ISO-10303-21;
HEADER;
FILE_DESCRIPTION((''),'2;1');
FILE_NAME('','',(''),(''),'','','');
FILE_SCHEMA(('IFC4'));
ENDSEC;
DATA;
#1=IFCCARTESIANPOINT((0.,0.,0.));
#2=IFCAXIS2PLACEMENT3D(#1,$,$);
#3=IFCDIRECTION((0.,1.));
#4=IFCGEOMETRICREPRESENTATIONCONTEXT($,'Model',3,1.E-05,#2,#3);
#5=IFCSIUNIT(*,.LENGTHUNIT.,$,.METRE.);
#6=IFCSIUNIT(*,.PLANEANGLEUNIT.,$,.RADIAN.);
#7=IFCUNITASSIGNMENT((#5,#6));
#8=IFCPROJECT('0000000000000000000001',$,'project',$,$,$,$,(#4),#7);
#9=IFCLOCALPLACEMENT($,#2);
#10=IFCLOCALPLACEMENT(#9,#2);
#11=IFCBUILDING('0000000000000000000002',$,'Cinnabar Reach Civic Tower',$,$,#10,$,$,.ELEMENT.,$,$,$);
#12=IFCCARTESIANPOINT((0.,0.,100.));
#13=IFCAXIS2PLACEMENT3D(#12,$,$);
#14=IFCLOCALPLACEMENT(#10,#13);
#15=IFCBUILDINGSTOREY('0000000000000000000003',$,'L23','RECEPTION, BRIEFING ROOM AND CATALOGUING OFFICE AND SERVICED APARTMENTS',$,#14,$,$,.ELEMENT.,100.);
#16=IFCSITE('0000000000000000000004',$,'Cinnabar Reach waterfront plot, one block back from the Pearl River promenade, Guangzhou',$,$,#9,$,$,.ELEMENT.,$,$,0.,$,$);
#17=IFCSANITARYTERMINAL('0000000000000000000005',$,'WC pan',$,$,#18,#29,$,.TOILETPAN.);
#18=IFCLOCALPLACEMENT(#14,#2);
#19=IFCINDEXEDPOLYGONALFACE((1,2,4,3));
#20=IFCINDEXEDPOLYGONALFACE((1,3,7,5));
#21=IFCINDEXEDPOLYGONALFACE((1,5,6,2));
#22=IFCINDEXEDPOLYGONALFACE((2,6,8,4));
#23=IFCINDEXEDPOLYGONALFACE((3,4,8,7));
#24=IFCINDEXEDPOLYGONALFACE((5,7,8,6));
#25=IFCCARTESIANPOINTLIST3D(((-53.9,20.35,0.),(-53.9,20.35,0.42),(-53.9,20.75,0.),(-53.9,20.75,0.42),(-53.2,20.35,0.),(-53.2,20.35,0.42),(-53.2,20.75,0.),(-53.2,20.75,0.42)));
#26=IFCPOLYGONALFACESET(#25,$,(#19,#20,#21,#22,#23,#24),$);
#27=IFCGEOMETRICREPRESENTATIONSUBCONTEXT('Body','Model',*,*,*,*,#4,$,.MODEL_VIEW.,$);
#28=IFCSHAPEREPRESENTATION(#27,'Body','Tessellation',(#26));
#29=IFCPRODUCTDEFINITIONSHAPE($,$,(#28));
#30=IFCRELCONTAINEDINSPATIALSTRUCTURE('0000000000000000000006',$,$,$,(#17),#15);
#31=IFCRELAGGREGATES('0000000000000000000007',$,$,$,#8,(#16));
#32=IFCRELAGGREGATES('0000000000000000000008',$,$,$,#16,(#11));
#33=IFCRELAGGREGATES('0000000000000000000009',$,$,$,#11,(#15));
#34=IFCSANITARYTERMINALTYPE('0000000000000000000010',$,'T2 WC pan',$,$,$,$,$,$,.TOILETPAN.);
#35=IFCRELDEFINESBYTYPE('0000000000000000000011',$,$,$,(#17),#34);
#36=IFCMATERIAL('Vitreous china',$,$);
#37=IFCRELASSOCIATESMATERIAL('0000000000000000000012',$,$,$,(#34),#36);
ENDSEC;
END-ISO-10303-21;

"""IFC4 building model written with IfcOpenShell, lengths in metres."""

from ifc_helpers import new_model, si_unit, direction, frame, origin, origin_2d, place, context, subcontext, project, spatial, rectangle, extrude, material, type_object, element, save


model = new_model("IFC4")

# Units and contexts
model_context = context("Model", 3, precision=1e-05, world=origin(), true_north=direction((0.0, 1.0)))
body_context = subcontext(model_context, "Body", "Model", "MODEL_VIEW")
ifc_project = project(units=[si_unit("LENGTHUNIT", "METRE"), si_unit("PLANEANGLEUNIT", "RADIAN")], contexts=[model_context])

# Site, building, storey
site_placement = place(None, origin())
site = spatial("IfcSite", under=ifc_project, at=site_placement, Name="Cinnabar Reach waterfront plot, one block back from the Pearl River promenade, Guangzhou", CompositionType="ELEMENT", RefElevation=0.0)
building_placement = place(site_placement, origin())
building = spatial("IfcBuilding", under=site, at=building_placement, Name="Cinnabar Reach Civic Tower", CompositionType="ELEMENT")
storey_placement = place(building_placement, frame((0.0, 0.0, 100.0)))
storey = spatial("IfcBuildingStorey", under=building, at=storey_placement, Name="L23", Description="RECEPTION, BRIEFING ROOM AND CATALOGUING OFFICE AND SERVICED APARTMENTS", CompositionType="ELEMENT", Elevation=100.0)

# Sanitary terminal
ifc_material_1 = material(Name="Vitreous china")
sanitary_terminal_type_1 = type_object("IfcSanitaryTerminalType", Name="T2 WC pan", PredefinedType="TOILETPAN", material=ifc_material_1)
sanitary_terminal_1_placement = place(storey_placement, frame((-53.55, 20.55, 0.0), z_axis=(0.0, 0.0, 1.0), x_axis=(1.0, 0.0, 0.0)))
element("IfcSanitaryTerminal", 1, at=sanitary_terminal_1_placement, inside=storey, type_object=sanitary_terminal_type_1, Name="WC pan", PredefinedType="TOILETPAN", context=body_context, shape_type="SweptSolid", body=[
    extrude(rectangle(XDim=0.7, YDim=0.4, at=origin_2d()), origin(), (0.0, 0.0, 1.0), 0.42),
])

save(model, "model.ifc")
